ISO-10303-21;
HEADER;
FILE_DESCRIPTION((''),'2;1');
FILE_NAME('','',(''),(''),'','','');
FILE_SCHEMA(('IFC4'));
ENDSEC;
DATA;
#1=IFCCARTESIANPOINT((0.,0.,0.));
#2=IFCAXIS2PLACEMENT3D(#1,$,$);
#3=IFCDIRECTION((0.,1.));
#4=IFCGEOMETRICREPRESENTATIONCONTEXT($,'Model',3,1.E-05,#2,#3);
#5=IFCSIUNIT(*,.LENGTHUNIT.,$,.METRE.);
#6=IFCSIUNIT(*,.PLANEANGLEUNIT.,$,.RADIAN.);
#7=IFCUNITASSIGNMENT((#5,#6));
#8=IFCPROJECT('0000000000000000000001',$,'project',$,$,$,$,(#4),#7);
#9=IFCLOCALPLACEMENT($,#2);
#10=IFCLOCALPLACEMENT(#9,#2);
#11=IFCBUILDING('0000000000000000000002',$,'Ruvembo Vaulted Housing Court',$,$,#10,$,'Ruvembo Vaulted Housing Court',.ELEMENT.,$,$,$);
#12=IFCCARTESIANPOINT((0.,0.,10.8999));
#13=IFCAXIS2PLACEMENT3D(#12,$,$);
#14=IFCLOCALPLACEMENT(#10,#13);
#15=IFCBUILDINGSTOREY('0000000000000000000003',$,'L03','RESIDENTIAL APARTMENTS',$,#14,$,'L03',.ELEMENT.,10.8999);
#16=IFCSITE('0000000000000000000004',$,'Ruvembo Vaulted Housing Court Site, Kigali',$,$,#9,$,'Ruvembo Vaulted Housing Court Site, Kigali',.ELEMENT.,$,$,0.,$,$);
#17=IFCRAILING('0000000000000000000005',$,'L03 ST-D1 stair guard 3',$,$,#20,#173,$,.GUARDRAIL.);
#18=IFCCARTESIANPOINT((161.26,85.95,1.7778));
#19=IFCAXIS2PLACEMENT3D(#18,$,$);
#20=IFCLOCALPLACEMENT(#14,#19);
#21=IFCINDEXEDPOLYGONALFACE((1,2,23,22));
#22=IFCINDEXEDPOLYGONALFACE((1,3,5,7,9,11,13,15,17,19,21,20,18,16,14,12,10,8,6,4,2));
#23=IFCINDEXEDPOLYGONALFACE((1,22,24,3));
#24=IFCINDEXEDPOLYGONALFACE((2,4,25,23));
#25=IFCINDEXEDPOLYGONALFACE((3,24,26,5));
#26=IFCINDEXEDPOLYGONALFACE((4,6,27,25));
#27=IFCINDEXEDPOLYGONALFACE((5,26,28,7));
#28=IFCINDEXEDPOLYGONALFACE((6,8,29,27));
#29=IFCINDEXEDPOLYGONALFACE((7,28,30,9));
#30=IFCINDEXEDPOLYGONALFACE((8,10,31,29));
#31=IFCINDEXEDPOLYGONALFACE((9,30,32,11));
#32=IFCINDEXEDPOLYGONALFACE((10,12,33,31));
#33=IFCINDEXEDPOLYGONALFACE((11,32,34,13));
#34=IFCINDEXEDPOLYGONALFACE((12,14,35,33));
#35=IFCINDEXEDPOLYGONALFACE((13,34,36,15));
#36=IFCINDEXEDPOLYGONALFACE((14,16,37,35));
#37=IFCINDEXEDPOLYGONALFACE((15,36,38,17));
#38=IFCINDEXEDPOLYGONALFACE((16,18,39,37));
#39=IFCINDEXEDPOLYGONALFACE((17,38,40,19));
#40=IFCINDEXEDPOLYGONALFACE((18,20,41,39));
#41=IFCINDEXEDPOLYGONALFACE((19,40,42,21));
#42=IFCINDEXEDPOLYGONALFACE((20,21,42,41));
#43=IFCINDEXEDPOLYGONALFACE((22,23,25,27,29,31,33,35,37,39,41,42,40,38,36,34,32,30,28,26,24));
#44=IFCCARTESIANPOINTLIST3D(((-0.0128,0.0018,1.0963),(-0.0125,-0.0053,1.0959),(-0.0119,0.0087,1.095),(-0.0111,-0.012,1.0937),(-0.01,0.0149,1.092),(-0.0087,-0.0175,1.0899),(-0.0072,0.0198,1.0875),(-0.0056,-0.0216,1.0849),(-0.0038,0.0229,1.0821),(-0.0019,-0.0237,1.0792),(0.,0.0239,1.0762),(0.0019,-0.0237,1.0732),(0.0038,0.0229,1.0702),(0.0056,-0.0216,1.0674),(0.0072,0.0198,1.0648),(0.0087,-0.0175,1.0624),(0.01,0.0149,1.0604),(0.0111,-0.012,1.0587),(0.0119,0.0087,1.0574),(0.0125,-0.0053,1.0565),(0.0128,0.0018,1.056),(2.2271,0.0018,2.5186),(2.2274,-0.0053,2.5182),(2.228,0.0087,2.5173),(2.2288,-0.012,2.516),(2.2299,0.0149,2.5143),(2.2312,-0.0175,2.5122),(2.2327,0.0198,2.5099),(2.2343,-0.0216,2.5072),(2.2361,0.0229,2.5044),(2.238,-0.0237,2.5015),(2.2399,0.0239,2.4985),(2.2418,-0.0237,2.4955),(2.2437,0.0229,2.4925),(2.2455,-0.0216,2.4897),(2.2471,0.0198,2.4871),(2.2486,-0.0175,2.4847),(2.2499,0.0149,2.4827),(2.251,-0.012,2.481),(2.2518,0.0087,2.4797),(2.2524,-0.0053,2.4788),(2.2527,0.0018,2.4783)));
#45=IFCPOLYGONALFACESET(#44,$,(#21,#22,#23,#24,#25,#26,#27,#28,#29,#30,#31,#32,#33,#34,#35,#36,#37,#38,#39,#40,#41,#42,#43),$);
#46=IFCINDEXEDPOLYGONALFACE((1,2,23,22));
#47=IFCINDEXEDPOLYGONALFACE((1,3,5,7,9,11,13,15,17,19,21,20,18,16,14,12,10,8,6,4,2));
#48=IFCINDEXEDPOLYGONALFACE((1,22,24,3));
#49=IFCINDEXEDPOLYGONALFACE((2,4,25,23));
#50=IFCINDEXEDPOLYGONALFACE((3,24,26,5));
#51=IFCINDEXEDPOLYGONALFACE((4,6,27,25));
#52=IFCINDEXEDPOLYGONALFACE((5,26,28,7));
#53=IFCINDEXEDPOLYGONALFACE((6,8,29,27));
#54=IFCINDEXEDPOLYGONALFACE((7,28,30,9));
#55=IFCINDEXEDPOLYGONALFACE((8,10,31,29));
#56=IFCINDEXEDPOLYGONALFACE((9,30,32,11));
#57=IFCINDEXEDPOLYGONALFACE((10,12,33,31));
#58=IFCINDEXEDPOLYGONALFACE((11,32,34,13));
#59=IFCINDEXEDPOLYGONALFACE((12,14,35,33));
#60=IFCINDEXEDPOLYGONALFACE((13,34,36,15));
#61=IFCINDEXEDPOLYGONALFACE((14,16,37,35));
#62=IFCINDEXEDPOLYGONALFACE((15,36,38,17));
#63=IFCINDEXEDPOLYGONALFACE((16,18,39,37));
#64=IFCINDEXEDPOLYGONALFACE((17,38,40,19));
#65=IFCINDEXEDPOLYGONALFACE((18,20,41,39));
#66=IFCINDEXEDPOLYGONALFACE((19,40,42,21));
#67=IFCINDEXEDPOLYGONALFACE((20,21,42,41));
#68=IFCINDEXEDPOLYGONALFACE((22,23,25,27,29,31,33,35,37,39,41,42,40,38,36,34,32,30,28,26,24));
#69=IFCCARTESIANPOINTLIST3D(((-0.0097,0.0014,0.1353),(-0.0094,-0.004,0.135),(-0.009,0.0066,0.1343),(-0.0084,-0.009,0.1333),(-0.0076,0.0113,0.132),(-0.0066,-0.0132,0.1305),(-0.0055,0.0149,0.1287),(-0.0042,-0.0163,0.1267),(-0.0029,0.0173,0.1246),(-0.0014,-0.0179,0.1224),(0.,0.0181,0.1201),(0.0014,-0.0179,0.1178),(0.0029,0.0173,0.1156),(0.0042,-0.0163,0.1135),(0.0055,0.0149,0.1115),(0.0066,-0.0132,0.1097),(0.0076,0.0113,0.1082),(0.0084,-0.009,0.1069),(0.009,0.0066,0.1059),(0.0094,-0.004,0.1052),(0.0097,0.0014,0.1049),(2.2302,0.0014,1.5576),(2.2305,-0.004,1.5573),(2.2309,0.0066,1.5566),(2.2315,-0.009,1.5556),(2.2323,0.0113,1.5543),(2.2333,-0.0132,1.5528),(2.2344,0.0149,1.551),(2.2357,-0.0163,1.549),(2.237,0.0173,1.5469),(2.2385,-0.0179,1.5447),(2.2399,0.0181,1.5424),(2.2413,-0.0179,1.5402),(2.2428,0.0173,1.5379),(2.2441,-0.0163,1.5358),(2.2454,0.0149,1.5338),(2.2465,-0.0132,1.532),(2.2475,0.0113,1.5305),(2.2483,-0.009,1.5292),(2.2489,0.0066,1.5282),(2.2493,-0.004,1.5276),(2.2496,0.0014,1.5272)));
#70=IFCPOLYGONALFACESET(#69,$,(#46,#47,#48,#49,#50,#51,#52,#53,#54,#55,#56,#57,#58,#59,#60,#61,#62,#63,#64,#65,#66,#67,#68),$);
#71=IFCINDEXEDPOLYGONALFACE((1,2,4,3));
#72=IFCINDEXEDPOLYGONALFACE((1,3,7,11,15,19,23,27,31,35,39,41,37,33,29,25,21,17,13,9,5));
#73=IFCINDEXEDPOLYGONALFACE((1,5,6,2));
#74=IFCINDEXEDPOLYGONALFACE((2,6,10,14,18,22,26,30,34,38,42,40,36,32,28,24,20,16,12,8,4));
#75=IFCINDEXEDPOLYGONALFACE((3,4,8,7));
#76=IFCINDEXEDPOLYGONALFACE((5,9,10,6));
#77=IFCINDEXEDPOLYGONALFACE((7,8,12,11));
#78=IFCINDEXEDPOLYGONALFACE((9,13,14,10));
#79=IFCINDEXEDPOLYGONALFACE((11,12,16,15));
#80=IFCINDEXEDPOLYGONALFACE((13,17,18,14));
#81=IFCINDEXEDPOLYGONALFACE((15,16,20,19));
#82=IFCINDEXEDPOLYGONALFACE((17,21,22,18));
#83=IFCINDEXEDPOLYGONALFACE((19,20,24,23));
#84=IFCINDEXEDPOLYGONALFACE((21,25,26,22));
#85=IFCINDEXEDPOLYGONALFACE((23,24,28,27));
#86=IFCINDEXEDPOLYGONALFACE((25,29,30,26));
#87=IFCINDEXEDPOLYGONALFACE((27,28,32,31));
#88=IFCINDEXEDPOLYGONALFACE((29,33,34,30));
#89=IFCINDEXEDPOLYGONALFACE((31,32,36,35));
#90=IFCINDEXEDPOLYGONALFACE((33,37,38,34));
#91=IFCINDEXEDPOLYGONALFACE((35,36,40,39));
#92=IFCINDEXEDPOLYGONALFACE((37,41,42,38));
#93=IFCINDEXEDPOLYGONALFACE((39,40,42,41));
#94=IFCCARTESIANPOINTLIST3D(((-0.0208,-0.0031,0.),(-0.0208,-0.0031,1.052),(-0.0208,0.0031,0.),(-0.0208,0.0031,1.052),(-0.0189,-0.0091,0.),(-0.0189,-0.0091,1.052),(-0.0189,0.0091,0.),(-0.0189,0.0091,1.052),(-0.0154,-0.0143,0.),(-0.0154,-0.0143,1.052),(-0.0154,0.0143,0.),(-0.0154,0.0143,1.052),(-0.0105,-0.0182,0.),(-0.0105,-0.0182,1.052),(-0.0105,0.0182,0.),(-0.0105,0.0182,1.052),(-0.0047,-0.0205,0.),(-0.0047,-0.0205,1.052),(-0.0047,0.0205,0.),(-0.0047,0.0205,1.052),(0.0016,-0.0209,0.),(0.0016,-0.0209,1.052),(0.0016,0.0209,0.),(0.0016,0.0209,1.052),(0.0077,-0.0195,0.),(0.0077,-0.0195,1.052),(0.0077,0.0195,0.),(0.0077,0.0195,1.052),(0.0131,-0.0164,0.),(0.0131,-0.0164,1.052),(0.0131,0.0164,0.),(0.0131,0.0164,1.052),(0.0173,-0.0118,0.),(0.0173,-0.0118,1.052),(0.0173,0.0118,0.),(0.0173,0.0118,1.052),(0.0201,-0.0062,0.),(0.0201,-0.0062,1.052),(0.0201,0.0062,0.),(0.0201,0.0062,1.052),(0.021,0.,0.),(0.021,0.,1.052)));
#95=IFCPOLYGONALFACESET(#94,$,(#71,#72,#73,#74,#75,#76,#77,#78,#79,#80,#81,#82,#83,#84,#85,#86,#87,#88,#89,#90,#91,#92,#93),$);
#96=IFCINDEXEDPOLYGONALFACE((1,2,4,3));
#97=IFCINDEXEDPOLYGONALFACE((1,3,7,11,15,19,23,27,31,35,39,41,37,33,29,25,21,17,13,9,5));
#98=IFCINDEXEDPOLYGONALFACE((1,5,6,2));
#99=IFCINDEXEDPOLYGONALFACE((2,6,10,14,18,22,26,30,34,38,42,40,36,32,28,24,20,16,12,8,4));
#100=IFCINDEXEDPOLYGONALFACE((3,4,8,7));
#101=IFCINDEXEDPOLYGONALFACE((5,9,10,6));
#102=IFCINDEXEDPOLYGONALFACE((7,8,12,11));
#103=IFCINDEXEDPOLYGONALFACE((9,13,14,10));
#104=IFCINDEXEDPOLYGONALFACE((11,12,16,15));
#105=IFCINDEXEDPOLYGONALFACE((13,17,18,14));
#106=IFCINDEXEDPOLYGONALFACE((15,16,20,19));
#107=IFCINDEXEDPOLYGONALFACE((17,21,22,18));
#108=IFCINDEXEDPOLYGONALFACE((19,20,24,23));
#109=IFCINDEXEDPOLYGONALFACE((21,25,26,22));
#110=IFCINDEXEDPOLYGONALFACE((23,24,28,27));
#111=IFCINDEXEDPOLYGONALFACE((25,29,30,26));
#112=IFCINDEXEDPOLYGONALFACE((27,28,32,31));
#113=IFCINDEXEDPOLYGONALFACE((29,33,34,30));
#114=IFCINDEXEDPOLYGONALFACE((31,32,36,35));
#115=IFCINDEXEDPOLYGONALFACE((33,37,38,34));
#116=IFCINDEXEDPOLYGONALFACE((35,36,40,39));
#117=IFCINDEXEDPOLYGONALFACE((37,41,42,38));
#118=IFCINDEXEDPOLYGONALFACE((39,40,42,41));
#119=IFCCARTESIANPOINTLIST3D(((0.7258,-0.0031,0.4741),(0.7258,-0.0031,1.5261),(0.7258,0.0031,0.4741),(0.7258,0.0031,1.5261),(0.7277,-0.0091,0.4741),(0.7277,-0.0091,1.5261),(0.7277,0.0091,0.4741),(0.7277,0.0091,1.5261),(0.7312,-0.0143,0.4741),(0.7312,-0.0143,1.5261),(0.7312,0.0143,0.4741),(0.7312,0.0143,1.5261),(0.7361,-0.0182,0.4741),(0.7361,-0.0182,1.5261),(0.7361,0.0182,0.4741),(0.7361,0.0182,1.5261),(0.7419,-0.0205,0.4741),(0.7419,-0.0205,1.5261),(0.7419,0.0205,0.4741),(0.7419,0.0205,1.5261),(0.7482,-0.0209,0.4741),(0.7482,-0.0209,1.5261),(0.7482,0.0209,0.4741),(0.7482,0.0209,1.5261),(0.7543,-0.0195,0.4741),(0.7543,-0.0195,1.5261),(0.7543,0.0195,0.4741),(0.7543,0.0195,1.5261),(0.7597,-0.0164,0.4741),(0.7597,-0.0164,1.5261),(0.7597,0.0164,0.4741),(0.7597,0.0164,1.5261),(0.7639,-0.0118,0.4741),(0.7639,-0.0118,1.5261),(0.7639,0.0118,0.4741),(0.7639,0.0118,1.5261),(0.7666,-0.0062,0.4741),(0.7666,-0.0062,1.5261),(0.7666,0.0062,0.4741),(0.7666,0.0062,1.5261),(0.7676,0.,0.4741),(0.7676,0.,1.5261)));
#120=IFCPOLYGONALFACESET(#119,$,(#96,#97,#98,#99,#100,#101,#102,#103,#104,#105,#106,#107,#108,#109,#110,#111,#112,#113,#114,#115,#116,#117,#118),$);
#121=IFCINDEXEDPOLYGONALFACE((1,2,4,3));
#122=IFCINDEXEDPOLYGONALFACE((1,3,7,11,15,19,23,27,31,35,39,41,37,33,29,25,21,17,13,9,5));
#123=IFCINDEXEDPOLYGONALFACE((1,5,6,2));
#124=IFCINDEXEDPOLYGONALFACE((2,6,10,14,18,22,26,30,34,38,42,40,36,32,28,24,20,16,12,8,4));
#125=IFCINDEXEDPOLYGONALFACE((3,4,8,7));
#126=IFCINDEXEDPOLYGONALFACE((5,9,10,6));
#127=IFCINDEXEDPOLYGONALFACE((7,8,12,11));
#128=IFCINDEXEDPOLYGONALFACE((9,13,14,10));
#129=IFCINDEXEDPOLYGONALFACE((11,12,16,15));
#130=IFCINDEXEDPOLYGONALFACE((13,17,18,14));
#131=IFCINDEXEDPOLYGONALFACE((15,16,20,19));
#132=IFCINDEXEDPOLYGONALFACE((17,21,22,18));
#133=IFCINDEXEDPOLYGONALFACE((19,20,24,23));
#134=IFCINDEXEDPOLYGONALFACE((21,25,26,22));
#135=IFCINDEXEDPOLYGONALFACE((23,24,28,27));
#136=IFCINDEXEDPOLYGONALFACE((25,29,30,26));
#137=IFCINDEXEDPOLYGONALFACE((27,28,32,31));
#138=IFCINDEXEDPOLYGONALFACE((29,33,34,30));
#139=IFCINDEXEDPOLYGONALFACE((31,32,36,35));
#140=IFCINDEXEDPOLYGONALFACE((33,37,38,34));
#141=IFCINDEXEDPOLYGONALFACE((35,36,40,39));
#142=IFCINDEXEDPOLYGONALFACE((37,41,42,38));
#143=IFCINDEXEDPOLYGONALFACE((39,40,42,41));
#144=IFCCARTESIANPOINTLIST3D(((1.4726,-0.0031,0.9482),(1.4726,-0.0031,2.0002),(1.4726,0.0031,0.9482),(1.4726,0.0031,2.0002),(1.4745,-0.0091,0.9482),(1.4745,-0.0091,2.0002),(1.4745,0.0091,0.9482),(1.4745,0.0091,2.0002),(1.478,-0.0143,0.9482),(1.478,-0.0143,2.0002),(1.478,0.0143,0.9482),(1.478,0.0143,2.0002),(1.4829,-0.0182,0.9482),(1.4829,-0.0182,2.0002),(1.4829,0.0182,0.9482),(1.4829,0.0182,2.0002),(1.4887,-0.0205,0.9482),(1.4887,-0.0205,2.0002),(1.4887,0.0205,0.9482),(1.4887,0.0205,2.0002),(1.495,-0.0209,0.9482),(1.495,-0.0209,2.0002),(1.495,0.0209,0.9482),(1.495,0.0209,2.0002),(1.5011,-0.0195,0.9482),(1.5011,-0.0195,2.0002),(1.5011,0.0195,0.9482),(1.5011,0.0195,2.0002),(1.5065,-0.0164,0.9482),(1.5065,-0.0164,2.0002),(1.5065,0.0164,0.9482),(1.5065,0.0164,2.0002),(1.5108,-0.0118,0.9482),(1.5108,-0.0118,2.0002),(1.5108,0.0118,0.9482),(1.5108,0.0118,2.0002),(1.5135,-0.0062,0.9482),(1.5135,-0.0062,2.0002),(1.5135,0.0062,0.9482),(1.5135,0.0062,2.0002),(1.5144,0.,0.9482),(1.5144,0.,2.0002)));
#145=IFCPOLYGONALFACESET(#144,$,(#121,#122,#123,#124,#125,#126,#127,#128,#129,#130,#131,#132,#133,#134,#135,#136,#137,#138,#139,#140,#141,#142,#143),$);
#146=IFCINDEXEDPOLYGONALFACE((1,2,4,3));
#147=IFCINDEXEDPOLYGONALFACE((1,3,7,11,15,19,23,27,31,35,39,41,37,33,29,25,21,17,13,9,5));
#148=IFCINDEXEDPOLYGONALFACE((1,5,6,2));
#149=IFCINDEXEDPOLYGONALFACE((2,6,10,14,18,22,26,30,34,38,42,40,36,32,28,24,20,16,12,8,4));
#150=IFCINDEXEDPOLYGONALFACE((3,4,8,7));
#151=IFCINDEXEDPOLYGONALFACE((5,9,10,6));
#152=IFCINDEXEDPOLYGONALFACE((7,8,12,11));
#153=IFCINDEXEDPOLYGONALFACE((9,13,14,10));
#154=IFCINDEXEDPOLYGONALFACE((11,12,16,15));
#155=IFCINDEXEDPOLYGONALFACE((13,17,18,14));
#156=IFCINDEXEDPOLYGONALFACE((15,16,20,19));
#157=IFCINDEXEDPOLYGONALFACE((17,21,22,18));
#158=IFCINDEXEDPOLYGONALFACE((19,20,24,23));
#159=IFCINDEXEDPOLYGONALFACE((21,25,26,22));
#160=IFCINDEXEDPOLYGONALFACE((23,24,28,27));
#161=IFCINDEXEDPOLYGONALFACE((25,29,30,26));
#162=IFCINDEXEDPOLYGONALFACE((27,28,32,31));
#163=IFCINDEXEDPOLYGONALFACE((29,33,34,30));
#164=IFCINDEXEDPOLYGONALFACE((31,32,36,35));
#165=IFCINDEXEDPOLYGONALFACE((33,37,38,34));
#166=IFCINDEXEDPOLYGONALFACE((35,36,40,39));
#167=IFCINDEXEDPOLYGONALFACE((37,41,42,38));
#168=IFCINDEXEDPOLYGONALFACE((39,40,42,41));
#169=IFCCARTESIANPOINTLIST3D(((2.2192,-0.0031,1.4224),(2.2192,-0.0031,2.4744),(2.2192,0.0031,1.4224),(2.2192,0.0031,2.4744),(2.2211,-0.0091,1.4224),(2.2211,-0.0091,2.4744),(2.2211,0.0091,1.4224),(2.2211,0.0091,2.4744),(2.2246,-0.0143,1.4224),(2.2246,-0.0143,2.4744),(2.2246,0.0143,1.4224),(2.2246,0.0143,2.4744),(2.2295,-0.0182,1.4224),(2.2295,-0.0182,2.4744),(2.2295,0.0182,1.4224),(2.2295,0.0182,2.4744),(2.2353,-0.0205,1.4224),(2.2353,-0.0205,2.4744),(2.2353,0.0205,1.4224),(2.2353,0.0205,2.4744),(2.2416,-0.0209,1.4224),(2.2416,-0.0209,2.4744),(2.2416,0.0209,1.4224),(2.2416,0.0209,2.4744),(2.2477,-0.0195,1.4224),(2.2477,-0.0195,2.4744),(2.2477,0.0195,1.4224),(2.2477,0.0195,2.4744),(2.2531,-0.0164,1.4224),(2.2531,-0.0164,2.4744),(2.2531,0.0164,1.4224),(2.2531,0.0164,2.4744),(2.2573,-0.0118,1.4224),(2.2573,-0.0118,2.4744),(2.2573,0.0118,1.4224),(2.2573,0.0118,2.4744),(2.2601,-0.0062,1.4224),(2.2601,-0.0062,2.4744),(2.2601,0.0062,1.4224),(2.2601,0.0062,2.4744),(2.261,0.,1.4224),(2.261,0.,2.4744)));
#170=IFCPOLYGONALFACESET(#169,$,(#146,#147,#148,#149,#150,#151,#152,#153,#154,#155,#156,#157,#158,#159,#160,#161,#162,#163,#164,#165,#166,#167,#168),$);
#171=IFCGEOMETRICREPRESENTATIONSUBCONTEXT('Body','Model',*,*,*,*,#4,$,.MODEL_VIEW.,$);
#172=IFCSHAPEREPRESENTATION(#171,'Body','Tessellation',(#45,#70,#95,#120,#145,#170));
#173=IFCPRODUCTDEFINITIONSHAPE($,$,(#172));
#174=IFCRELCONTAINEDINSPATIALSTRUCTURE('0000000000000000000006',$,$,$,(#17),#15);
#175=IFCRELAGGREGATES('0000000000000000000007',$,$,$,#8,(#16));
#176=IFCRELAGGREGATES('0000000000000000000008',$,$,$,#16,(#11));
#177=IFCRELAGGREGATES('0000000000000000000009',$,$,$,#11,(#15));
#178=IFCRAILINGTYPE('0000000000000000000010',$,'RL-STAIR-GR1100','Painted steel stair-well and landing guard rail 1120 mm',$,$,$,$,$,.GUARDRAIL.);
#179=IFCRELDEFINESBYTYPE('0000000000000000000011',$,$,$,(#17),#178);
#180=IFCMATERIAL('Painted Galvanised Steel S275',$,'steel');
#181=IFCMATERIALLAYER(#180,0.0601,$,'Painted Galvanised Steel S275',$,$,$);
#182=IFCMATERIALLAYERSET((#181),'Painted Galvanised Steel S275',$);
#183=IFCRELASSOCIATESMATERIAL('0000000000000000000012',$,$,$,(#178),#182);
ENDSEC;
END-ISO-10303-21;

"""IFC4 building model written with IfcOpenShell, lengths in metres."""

from ifc_helpers import new_model, si_unit, direction, frame, origin, origin_2d, place, context, subcontext, project, spatial, circle, extrude, material, layer, layer_set, type_object, element, save


model = new_model("IFC4")

# Units and contexts
model_context = context("Model", 3, precision=1e-05, world=origin(), true_north=direction((0.0, 1.0)))
body_context = subcontext(model_context, "Body", "Model", "MODEL_VIEW")
ifc_project = project(units=[si_unit("LENGTHUNIT", "METRE"), si_unit("PLANEANGLEUNIT", "RADIAN")], contexts=[model_context])

# Site, building, storey
site_placement = place(None, origin())
site = spatial("IfcSite", under=ifc_project, at=site_placement, Name="Ruvembo Vaulted Housing Court Site, Kigali", LongName="Ruvembo Vaulted Housing Court Site, Kigali", CompositionType="ELEMENT", RefElevation=0.0)
building_placement = place(site_placement, origin())
building = spatial("IfcBuilding", under=site, at=building_placement, Name="Ruvembo Vaulted Housing Court", LongName="Ruvembo Vaulted Housing Court", CompositionType="ELEMENT")
storey_placement = place(building_placement, frame((0.0, 0.0, 10.8999)))
storey = spatial("IfcBuildingStorey", under=building, at=storey_placement, Name="L03", Description="RESIDENTIAL APARTMENTS", LongName="L03", CompositionType="ELEMENT", Elevation=10.8999)

# Railing
ifc_material_1 = material(Name="Painted Galvanised Steel S275", Category="steel")
ifc_layer_1 = layer(ifc_material_1, 0.0601, Name="Painted Galvanised Steel S275")
ifc_layer_set_1 = layer_set([ifc_layer_1], Name="Painted Galvanised Steel S275")
railing_type_1 = type_object("IfcRailingType", Name="RL-STAIR-GR1100", Description="Painted steel stair-well and landing guard rail 1120 mm", PredefinedType="GUARDRAIL", material=ifc_layer_set_1)
railing_1_placement = place(storey_placement, frame((161.26, 85.95, 1.7778)))
element("IfcRailing", 1, at=railing_1_placement, inside=storey, type_object=railing_type_1, Name="L03 ST-D1 stair guard 3", PredefinedType="GUARDRAIL", context=body_context, shape_type="SweptSolid", body=[
    extrude(circle(Radius=0.0239, at=origin_2d()), frame((0.0, 0.0, 1.0762), z_axis=(0.844188, 0.0, 0.536048), x_axis=(0.0, 1.0, 0.0)), (0.0, 0.0, 1.0), 2.6533),
    extrude(circle(Radius=0.0181, at=origin_2d()), frame((0.0, 0.0, 0.1201), z_axis=(0.844188, 0.0, 0.536048), x_axis=(0.0, 1.0, 0.0)), (0.0, 0.0, 1.0), 2.6533),
    extrude(circle(Radius=0.021, at=origin_2d()), origin(), (0.0, 0.0, 1.0), 1.052),
    extrude(circle(Radius=0.021, at=origin_2d()), frame((0.7466, 0.0, 0.4741)), (0.0, 0.0, 1.0), 1.052),
    extrude(circle(Radius=0.021, at=origin_2d()), frame((1.4934, 0.0, 0.9482)), (0.0, 0.0, 1.0), 1.052),
    extrude(circle(Radius=0.021, at=origin_2d()), frame((2.24, 0.0, 1.4224)), (0.0, 0.0, 1.0), 1.052),
])

save(model, "model.ifc")
